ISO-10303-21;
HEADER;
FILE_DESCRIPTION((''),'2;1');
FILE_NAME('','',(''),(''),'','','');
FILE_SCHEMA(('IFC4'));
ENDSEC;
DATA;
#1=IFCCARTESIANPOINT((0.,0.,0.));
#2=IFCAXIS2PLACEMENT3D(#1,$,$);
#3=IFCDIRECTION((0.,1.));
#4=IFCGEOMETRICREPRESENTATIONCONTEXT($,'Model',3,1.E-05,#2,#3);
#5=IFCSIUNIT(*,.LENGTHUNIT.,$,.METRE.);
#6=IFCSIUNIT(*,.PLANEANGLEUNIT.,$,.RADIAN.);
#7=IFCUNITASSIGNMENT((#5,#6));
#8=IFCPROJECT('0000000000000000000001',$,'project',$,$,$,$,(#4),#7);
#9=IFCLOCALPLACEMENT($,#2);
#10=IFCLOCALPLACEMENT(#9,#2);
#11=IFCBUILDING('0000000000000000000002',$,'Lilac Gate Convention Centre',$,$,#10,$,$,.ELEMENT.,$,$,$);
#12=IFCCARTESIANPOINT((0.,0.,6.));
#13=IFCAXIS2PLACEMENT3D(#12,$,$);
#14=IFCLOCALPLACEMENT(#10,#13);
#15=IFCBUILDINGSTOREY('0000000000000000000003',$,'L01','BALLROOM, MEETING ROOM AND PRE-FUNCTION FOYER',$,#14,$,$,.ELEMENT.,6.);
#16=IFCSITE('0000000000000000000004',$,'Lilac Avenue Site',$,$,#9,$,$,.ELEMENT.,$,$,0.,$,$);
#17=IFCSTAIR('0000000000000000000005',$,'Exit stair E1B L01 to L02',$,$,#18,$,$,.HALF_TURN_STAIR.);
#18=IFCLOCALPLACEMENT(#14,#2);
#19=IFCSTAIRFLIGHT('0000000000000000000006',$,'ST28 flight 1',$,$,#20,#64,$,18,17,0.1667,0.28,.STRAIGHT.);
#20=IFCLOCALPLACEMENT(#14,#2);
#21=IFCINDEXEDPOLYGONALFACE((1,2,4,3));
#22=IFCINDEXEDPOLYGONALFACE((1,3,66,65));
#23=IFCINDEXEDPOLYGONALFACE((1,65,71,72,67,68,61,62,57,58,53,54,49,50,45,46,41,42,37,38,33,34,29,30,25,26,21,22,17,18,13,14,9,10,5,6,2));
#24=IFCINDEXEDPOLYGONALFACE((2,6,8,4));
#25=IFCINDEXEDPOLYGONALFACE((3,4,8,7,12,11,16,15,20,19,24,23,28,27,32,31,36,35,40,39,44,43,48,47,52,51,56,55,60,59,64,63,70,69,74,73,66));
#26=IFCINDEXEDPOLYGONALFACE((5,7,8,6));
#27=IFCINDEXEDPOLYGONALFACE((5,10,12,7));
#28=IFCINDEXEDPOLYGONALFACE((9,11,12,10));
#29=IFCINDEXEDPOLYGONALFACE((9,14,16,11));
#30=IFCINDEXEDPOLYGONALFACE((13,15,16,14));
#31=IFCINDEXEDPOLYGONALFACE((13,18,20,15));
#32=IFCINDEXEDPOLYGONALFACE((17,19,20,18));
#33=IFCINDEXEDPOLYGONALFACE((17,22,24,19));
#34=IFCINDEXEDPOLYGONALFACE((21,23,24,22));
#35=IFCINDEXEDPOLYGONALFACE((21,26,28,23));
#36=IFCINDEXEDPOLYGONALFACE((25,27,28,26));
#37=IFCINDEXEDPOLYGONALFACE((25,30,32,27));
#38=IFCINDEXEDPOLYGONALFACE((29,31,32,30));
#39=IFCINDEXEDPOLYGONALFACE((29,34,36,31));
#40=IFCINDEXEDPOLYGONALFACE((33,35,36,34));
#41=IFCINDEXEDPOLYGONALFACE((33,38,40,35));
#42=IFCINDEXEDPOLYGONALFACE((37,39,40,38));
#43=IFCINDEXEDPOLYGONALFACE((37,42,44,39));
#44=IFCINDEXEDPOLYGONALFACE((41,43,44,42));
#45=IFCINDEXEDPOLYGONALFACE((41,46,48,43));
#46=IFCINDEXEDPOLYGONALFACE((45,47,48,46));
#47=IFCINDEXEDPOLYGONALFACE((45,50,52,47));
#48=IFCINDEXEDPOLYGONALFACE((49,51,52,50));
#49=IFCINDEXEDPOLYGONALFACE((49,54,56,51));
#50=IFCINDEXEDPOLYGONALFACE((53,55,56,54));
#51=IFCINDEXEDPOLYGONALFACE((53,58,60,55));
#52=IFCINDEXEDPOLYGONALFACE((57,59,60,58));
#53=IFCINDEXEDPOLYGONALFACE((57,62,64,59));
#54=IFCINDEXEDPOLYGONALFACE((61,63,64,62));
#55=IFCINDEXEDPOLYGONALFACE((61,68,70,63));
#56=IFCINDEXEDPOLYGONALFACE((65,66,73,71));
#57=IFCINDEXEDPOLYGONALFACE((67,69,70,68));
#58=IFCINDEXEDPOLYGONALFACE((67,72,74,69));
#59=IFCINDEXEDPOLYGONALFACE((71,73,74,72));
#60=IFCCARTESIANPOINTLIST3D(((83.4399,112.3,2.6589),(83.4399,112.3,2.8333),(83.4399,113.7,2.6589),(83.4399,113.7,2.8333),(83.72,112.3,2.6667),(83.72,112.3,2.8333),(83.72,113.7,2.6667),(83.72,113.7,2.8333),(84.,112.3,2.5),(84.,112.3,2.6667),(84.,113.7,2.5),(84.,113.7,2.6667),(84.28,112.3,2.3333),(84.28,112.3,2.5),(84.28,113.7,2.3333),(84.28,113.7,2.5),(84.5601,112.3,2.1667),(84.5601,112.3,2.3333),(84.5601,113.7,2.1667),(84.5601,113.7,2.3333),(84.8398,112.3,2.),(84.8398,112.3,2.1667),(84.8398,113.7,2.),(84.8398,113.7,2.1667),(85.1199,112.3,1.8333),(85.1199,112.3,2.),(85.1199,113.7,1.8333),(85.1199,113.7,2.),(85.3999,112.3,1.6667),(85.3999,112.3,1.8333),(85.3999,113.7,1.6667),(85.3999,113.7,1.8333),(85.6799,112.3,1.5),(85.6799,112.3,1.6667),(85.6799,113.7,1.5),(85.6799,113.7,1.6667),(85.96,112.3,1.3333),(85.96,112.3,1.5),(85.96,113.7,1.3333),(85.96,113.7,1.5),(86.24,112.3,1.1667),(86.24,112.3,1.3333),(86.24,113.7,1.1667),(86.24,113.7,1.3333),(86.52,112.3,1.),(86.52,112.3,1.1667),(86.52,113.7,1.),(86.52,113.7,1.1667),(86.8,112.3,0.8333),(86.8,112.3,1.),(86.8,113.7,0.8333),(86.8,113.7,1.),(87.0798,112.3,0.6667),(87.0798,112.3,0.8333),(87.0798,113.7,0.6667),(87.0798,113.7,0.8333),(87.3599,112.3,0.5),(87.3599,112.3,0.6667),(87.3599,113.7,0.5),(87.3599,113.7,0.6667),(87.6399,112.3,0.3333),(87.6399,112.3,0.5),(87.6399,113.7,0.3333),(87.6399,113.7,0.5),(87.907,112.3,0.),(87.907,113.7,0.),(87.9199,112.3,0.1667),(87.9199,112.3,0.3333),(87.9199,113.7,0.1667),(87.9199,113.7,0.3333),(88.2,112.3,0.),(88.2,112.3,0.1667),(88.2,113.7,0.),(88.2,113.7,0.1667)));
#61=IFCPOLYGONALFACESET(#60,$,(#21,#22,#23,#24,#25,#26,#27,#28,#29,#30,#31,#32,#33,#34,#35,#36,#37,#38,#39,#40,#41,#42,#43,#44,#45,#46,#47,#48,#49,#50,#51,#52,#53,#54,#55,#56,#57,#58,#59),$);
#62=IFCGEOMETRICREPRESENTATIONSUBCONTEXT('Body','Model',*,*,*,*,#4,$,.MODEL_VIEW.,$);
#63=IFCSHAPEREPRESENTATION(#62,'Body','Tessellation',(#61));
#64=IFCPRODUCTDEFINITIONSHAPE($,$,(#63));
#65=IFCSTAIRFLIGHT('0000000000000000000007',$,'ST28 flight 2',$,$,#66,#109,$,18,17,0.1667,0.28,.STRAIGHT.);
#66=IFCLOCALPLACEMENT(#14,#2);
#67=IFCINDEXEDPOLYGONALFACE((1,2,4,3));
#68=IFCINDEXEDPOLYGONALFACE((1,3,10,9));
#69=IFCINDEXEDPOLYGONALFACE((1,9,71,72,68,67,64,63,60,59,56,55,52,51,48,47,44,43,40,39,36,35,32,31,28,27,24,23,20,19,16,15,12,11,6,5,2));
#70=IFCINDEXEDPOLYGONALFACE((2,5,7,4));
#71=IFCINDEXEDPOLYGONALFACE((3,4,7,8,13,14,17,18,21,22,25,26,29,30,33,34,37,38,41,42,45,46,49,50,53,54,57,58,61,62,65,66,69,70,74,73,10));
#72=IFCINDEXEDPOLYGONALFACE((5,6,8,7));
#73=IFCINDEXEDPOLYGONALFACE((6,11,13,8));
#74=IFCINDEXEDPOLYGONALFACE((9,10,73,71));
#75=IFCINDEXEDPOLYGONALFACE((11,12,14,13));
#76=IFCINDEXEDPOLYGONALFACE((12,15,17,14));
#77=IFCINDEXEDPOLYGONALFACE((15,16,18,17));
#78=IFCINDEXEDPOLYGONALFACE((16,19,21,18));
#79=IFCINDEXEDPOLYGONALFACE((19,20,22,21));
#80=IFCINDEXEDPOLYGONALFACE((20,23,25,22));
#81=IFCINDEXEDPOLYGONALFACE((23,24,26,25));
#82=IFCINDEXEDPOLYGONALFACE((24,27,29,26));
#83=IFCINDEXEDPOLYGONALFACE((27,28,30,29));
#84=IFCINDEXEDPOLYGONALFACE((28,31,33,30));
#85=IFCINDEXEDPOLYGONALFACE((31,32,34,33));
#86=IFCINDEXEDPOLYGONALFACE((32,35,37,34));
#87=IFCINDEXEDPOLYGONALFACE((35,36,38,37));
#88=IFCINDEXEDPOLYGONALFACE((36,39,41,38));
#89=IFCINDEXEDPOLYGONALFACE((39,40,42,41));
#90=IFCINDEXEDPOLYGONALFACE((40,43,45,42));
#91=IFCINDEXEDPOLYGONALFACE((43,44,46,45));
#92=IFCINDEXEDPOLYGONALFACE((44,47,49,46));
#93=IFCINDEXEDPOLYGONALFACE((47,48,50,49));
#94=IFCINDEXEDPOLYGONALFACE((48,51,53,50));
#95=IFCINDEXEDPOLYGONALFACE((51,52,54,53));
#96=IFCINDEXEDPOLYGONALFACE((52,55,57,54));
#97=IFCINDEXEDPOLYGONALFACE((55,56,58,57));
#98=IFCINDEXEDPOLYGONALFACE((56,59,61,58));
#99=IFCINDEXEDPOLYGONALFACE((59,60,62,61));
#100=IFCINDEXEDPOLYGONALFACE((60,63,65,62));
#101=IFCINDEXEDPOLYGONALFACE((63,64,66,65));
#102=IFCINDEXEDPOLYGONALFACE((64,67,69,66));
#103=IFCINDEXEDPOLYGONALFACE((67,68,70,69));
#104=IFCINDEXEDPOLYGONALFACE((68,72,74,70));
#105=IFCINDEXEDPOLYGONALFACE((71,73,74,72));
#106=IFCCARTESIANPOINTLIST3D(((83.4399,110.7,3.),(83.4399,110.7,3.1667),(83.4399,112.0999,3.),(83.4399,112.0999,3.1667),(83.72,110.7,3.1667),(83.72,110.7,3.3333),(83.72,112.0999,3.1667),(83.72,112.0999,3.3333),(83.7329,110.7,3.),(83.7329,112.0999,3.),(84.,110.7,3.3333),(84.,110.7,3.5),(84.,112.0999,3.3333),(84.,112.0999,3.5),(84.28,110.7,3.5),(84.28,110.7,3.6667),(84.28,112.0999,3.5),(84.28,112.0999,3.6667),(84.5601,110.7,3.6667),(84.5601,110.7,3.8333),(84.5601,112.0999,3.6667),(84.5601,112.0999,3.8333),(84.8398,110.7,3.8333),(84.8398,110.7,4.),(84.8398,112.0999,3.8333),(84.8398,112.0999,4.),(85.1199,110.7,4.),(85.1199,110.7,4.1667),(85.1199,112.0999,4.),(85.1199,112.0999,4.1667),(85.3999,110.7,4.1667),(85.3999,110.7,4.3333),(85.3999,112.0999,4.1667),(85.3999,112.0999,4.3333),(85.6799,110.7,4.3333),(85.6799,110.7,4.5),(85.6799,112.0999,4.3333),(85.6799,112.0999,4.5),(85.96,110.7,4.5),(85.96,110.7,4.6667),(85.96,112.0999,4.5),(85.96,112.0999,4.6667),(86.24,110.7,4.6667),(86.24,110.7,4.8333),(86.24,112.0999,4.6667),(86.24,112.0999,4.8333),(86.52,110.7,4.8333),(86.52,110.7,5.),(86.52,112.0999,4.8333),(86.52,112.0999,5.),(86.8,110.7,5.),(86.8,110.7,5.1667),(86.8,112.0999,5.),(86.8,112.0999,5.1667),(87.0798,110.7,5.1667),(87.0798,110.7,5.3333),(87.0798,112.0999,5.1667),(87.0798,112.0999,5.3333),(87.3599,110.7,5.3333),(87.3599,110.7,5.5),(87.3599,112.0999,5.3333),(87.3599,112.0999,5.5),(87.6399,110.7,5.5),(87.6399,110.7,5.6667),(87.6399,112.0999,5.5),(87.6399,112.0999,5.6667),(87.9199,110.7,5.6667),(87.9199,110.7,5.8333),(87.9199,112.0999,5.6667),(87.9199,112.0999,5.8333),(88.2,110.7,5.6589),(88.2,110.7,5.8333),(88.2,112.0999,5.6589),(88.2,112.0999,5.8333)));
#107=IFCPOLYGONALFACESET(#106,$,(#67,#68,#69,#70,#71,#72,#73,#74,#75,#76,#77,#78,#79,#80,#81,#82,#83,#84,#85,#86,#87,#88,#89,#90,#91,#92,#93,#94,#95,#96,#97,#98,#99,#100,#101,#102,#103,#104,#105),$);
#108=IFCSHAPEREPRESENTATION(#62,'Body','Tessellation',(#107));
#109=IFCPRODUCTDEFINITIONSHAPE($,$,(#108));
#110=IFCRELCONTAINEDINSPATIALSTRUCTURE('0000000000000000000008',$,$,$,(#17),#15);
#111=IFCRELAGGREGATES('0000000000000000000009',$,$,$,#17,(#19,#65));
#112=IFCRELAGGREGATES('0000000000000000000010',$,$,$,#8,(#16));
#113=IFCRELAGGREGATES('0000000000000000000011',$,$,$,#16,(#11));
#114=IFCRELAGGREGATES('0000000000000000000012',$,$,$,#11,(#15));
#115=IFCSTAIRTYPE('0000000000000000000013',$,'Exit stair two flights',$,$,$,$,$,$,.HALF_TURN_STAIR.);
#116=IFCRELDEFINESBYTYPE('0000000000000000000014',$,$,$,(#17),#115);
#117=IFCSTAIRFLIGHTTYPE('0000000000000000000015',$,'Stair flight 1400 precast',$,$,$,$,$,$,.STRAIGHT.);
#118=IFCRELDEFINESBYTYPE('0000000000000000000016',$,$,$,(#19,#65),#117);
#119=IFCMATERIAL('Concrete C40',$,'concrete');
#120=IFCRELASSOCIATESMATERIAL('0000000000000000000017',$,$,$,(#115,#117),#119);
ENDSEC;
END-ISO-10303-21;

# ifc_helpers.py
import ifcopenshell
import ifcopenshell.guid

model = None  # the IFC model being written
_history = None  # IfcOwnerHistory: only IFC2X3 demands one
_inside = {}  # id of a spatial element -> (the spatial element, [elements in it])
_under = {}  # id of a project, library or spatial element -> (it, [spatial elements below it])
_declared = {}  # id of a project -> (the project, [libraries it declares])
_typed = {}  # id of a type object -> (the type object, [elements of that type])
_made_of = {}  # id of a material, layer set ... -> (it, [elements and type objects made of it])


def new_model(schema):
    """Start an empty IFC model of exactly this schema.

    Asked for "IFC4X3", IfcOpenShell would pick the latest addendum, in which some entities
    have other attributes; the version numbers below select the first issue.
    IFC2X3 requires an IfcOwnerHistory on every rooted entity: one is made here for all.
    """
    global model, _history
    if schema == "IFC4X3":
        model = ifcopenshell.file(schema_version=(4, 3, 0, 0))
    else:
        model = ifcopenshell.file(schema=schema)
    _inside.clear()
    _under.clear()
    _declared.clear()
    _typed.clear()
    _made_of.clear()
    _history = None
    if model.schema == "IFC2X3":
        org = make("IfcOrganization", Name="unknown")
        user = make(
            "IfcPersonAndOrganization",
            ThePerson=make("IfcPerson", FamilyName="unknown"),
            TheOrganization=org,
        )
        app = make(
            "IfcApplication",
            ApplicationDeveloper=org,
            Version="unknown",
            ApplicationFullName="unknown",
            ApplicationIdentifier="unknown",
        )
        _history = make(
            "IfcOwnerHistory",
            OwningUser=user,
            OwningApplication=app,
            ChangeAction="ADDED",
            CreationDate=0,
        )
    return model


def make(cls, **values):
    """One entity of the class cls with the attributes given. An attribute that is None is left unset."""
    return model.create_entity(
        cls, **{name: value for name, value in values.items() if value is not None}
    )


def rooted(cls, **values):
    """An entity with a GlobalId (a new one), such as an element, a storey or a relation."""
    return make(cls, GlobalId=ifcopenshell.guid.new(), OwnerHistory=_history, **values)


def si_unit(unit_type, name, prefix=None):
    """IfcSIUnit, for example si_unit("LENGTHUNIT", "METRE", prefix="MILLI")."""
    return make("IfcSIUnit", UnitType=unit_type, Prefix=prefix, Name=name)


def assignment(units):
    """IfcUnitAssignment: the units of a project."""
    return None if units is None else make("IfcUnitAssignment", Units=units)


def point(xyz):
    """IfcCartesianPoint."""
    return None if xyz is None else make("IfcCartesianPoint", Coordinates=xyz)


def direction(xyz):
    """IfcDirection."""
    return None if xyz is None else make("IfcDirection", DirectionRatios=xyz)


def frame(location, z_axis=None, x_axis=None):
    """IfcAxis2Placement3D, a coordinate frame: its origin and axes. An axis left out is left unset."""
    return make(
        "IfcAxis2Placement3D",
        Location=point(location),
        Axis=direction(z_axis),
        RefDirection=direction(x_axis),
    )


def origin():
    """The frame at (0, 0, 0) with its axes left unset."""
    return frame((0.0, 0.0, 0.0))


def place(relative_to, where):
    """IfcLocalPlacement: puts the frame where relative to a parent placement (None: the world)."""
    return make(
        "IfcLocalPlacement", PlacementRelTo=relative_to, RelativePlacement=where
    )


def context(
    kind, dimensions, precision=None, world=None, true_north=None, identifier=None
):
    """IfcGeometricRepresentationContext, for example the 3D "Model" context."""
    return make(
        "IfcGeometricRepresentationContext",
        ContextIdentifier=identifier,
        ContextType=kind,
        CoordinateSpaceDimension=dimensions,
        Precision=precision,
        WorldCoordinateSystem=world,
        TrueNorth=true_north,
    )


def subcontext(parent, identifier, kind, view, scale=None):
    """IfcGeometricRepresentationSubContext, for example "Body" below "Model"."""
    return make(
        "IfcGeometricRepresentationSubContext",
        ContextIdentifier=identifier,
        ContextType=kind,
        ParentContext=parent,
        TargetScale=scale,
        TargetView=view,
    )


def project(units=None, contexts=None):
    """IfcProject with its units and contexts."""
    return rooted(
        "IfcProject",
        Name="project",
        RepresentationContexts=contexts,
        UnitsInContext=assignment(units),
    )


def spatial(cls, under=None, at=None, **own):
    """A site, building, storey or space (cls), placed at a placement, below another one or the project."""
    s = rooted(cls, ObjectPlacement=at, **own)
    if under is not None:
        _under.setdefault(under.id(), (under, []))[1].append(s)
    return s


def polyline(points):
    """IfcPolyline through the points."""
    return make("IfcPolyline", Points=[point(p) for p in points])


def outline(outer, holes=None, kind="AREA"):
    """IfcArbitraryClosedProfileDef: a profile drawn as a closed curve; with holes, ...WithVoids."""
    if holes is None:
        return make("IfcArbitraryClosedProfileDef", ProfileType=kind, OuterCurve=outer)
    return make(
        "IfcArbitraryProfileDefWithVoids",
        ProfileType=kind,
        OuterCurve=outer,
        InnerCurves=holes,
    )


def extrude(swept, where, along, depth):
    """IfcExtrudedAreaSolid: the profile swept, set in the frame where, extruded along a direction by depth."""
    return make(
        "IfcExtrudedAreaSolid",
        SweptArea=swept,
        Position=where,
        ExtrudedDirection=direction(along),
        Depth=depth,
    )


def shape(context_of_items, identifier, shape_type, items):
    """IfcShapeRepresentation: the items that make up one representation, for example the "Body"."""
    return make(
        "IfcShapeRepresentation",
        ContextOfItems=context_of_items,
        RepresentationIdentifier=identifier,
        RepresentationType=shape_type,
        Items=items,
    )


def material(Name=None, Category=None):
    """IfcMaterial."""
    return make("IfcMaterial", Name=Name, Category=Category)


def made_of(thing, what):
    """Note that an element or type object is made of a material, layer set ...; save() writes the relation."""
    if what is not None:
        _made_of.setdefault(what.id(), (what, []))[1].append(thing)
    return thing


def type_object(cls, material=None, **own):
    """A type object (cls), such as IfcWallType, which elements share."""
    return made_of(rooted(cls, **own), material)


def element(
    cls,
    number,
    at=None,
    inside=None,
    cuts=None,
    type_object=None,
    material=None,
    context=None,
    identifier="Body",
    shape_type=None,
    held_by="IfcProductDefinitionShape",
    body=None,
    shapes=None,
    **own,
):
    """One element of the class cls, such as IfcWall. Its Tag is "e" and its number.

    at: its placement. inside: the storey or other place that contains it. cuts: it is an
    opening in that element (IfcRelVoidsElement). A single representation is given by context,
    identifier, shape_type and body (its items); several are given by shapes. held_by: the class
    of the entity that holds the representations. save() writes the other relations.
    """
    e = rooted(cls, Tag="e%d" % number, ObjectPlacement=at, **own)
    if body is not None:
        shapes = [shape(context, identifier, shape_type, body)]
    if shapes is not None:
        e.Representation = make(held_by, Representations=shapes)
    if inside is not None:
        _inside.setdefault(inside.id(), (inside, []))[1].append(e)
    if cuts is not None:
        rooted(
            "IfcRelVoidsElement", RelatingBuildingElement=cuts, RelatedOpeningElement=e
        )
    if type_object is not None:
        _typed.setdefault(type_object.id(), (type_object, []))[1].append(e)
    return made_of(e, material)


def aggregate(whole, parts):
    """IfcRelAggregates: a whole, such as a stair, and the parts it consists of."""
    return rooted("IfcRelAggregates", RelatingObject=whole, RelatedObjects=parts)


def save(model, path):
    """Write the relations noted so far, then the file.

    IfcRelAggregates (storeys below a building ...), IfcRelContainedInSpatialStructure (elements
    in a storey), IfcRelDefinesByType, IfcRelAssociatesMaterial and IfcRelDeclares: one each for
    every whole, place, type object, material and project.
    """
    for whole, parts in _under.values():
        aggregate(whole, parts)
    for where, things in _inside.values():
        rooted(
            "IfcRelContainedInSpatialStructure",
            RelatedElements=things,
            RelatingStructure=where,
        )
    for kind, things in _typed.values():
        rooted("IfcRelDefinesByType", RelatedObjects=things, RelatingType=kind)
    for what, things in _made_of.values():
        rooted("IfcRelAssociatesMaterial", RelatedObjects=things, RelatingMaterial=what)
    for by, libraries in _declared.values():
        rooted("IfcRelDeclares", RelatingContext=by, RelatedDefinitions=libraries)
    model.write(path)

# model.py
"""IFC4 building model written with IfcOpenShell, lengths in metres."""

from ifc_helpers import new_model, si_unit, direction, frame, origin, place, context, subcontext, project, spatial, polyline, outline, extrude, material, type_object, element, aggregate, save


model = new_model("IFC4")

# Units and contexts
model_context = context("Model", 3, precision=1e-05, world=origin(), true_north=direction((0.0, 1.0)))
body_context = subcontext(model_context, "Body", "Model", "MODEL_VIEW")
ifc_project = project(units=[si_unit("LENGTHUNIT", "METRE"), si_unit("PLANEANGLEUNIT", "RADIAN")], contexts=[model_context])

# Site, building, storey
site_placement = place(None, origin())
site = spatial("IfcSite", under=ifc_project, at=site_placement, Name="Lilac Avenue Site", CompositionType="ELEMENT", RefElevation=0.0)
building_placement = place(site_placement, origin())
building = spatial("IfcBuilding", under=site, at=building_placement, Name="Lilac Gate Convention Centre", CompositionType="ELEMENT")
storey_placement = place(building_placement, frame((0.0, 0.0, 6.0)))
storey = spatial("IfcBuildingStorey", under=building, at=storey_placement, Name="L01", Description="BALLROOM, MEETING ROOM AND PRE-FUNCTION FOYER", CompositionType="ELEMENT", Elevation=6.0)

# Shared definitions
ifc_material_1 = material(Name="Concrete C40", Category="concrete")

# Stair, stair flights
stair_type = type_object("IfcStairType", Name="Exit stair two flights", PredefinedType="HALF_TURN_STAIR", material=ifc_material_1)
stair_placement = place(storey_placement, origin())
stair = element("IfcStair", 1, at=stair_placement, inside=storey, type_object=stair_type, Name="Exit stair E1B L01 to L02", PredefinedType="HALF_TURN_STAIR")
stair_flight_type = type_object("IfcStairFlightType", Name="Stair flight 1400 precast", PredefinedType="STRAIGHT", material=ifc_material_1)
stair_flight_1_placement = place(storey_placement, frame((88.2, 113.0, 0.0), z_axis=(0.0, 0.0, 1.0), x_axis=(-1.0, 0.0, 0.0)))
stair_flight_1 = element("IfcStairFlight", 2, at=stair_flight_1_placement, type_object=stair_flight_type, Name="ST28 flight 1", NumberOfRisers=18, NumberOfTreads=17, PredefinedType="STRAIGHT", RiserHeight=0.1667, TreadLength=0.28, context=body_context, shape_type="SweptSolid", body=[
    extrude(outline(polyline([(0.0, 0.0), (0.0, 0.1667), (0.28, 0.1667), (0.28, 0.3333), (0.5601, 0.3333), (0.5601, 0.5), (0.8401, 0.5), (0.8401, 0.6667), (1.1201, 0.6667), (1.1201, 0.8333), (1.3999, 0.8333), (1.3999, 1.0), (1.6799, 1.0), (1.6799, 1.1667), (1.96, 1.1667), (1.96, 1.3333), (2.24, 1.3333), (2.24, 1.5), (2.52, 1.5), (2.52, 1.6667), (2.8, 1.6667), (2.8, 1.8333), (3.0801, 1.8333), (3.0801, 2.0), (3.3601, 2.0), (3.3601, 2.1667), (3.6399, 2.1667), (3.6399, 2.3333), (3.9199, 2.3333), (3.9199, 2.5), (4.2, 2.5), (4.2, 2.6667), (4.48, 2.6667), (4.48, 2.8333), (4.76, 2.8333), (4.76, 3.0), (4.76, 2.6589), (0.293, 0.0), (0.0, 0.0)])), frame((0.0, 0.7, 0.0), z_axis=(0.0, -1.0, 0.0), x_axis=(1.0, 0.0, 0.0)), (0.0, 0.0, 1.0), 1.3999),
])
stair_flight_2_placement = place(storey_placement, frame((83.4399, 111.3999, 3.0), z_axis=(0.0, 0.0, 1.0), x_axis=(1.0, 0.0, 0.0)))
stair_flight_2 = element("IfcStairFlight", 3, at=stair_flight_2_placement, type_object=stair_flight_type, Name="ST28 flight 2", NumberOfRisers=18, NumberOfTreads=17, PredefinedType="STRAIGHT", RiserHeight=0.1667, TreadLength=0.28, context=body_context, shape_type="SweptSolid", body=[
    extrude(outline(polyline([(0.0, 0.0), (0.0, 0.1667), (0.28, 0.1667), (0.28, 0.3333), (0.5601, 0.3333), (0.5601, 0.5), (0.8401, 0.5), (0.8401, 0.6667), (1.1201, 0.6667), (1.1201, 0.8333), (1.3999, 0.8333), (1.3999, 1.0), (1.6799, 1.0), (1.6799, 1.1667), (1.96, 1.1667), (1.96, 1.3333), (2.24, 1.3333), (2.24, 1.5), (2.52, 1.5), (2.52, 1.6667), (2.8, 1.6667), (2.8, 1.8333), (3.0801, 1.8333), (3.0801, 2.0), (3.3601, 2.0), (3.3601, 2.1667), (3.6399, 2.1667), (3.6399, 2.3333), (3.9199, 2.3333), (3.9199, 2.5), (4.2, 2.5), (4.2, 2.6667), (4.48, 2.6667), (4.48, 2.8333), (4.76, 2.8333), (4.76, 3.0), (4.76, 2.6589), (0.293, 0.0), (0.0, 0.0)])), frame((0.0, 0.7, 0.0), z_axis=(0.0, -1.0, 0.0), x_axis=(1.0, 0.0, 0.0)), (0.0, 0.0, 1.0), 1.3999),
])
aggregate(stair, [stair_flight_1, stair_flight_2])

save(model, "model.ifc")
